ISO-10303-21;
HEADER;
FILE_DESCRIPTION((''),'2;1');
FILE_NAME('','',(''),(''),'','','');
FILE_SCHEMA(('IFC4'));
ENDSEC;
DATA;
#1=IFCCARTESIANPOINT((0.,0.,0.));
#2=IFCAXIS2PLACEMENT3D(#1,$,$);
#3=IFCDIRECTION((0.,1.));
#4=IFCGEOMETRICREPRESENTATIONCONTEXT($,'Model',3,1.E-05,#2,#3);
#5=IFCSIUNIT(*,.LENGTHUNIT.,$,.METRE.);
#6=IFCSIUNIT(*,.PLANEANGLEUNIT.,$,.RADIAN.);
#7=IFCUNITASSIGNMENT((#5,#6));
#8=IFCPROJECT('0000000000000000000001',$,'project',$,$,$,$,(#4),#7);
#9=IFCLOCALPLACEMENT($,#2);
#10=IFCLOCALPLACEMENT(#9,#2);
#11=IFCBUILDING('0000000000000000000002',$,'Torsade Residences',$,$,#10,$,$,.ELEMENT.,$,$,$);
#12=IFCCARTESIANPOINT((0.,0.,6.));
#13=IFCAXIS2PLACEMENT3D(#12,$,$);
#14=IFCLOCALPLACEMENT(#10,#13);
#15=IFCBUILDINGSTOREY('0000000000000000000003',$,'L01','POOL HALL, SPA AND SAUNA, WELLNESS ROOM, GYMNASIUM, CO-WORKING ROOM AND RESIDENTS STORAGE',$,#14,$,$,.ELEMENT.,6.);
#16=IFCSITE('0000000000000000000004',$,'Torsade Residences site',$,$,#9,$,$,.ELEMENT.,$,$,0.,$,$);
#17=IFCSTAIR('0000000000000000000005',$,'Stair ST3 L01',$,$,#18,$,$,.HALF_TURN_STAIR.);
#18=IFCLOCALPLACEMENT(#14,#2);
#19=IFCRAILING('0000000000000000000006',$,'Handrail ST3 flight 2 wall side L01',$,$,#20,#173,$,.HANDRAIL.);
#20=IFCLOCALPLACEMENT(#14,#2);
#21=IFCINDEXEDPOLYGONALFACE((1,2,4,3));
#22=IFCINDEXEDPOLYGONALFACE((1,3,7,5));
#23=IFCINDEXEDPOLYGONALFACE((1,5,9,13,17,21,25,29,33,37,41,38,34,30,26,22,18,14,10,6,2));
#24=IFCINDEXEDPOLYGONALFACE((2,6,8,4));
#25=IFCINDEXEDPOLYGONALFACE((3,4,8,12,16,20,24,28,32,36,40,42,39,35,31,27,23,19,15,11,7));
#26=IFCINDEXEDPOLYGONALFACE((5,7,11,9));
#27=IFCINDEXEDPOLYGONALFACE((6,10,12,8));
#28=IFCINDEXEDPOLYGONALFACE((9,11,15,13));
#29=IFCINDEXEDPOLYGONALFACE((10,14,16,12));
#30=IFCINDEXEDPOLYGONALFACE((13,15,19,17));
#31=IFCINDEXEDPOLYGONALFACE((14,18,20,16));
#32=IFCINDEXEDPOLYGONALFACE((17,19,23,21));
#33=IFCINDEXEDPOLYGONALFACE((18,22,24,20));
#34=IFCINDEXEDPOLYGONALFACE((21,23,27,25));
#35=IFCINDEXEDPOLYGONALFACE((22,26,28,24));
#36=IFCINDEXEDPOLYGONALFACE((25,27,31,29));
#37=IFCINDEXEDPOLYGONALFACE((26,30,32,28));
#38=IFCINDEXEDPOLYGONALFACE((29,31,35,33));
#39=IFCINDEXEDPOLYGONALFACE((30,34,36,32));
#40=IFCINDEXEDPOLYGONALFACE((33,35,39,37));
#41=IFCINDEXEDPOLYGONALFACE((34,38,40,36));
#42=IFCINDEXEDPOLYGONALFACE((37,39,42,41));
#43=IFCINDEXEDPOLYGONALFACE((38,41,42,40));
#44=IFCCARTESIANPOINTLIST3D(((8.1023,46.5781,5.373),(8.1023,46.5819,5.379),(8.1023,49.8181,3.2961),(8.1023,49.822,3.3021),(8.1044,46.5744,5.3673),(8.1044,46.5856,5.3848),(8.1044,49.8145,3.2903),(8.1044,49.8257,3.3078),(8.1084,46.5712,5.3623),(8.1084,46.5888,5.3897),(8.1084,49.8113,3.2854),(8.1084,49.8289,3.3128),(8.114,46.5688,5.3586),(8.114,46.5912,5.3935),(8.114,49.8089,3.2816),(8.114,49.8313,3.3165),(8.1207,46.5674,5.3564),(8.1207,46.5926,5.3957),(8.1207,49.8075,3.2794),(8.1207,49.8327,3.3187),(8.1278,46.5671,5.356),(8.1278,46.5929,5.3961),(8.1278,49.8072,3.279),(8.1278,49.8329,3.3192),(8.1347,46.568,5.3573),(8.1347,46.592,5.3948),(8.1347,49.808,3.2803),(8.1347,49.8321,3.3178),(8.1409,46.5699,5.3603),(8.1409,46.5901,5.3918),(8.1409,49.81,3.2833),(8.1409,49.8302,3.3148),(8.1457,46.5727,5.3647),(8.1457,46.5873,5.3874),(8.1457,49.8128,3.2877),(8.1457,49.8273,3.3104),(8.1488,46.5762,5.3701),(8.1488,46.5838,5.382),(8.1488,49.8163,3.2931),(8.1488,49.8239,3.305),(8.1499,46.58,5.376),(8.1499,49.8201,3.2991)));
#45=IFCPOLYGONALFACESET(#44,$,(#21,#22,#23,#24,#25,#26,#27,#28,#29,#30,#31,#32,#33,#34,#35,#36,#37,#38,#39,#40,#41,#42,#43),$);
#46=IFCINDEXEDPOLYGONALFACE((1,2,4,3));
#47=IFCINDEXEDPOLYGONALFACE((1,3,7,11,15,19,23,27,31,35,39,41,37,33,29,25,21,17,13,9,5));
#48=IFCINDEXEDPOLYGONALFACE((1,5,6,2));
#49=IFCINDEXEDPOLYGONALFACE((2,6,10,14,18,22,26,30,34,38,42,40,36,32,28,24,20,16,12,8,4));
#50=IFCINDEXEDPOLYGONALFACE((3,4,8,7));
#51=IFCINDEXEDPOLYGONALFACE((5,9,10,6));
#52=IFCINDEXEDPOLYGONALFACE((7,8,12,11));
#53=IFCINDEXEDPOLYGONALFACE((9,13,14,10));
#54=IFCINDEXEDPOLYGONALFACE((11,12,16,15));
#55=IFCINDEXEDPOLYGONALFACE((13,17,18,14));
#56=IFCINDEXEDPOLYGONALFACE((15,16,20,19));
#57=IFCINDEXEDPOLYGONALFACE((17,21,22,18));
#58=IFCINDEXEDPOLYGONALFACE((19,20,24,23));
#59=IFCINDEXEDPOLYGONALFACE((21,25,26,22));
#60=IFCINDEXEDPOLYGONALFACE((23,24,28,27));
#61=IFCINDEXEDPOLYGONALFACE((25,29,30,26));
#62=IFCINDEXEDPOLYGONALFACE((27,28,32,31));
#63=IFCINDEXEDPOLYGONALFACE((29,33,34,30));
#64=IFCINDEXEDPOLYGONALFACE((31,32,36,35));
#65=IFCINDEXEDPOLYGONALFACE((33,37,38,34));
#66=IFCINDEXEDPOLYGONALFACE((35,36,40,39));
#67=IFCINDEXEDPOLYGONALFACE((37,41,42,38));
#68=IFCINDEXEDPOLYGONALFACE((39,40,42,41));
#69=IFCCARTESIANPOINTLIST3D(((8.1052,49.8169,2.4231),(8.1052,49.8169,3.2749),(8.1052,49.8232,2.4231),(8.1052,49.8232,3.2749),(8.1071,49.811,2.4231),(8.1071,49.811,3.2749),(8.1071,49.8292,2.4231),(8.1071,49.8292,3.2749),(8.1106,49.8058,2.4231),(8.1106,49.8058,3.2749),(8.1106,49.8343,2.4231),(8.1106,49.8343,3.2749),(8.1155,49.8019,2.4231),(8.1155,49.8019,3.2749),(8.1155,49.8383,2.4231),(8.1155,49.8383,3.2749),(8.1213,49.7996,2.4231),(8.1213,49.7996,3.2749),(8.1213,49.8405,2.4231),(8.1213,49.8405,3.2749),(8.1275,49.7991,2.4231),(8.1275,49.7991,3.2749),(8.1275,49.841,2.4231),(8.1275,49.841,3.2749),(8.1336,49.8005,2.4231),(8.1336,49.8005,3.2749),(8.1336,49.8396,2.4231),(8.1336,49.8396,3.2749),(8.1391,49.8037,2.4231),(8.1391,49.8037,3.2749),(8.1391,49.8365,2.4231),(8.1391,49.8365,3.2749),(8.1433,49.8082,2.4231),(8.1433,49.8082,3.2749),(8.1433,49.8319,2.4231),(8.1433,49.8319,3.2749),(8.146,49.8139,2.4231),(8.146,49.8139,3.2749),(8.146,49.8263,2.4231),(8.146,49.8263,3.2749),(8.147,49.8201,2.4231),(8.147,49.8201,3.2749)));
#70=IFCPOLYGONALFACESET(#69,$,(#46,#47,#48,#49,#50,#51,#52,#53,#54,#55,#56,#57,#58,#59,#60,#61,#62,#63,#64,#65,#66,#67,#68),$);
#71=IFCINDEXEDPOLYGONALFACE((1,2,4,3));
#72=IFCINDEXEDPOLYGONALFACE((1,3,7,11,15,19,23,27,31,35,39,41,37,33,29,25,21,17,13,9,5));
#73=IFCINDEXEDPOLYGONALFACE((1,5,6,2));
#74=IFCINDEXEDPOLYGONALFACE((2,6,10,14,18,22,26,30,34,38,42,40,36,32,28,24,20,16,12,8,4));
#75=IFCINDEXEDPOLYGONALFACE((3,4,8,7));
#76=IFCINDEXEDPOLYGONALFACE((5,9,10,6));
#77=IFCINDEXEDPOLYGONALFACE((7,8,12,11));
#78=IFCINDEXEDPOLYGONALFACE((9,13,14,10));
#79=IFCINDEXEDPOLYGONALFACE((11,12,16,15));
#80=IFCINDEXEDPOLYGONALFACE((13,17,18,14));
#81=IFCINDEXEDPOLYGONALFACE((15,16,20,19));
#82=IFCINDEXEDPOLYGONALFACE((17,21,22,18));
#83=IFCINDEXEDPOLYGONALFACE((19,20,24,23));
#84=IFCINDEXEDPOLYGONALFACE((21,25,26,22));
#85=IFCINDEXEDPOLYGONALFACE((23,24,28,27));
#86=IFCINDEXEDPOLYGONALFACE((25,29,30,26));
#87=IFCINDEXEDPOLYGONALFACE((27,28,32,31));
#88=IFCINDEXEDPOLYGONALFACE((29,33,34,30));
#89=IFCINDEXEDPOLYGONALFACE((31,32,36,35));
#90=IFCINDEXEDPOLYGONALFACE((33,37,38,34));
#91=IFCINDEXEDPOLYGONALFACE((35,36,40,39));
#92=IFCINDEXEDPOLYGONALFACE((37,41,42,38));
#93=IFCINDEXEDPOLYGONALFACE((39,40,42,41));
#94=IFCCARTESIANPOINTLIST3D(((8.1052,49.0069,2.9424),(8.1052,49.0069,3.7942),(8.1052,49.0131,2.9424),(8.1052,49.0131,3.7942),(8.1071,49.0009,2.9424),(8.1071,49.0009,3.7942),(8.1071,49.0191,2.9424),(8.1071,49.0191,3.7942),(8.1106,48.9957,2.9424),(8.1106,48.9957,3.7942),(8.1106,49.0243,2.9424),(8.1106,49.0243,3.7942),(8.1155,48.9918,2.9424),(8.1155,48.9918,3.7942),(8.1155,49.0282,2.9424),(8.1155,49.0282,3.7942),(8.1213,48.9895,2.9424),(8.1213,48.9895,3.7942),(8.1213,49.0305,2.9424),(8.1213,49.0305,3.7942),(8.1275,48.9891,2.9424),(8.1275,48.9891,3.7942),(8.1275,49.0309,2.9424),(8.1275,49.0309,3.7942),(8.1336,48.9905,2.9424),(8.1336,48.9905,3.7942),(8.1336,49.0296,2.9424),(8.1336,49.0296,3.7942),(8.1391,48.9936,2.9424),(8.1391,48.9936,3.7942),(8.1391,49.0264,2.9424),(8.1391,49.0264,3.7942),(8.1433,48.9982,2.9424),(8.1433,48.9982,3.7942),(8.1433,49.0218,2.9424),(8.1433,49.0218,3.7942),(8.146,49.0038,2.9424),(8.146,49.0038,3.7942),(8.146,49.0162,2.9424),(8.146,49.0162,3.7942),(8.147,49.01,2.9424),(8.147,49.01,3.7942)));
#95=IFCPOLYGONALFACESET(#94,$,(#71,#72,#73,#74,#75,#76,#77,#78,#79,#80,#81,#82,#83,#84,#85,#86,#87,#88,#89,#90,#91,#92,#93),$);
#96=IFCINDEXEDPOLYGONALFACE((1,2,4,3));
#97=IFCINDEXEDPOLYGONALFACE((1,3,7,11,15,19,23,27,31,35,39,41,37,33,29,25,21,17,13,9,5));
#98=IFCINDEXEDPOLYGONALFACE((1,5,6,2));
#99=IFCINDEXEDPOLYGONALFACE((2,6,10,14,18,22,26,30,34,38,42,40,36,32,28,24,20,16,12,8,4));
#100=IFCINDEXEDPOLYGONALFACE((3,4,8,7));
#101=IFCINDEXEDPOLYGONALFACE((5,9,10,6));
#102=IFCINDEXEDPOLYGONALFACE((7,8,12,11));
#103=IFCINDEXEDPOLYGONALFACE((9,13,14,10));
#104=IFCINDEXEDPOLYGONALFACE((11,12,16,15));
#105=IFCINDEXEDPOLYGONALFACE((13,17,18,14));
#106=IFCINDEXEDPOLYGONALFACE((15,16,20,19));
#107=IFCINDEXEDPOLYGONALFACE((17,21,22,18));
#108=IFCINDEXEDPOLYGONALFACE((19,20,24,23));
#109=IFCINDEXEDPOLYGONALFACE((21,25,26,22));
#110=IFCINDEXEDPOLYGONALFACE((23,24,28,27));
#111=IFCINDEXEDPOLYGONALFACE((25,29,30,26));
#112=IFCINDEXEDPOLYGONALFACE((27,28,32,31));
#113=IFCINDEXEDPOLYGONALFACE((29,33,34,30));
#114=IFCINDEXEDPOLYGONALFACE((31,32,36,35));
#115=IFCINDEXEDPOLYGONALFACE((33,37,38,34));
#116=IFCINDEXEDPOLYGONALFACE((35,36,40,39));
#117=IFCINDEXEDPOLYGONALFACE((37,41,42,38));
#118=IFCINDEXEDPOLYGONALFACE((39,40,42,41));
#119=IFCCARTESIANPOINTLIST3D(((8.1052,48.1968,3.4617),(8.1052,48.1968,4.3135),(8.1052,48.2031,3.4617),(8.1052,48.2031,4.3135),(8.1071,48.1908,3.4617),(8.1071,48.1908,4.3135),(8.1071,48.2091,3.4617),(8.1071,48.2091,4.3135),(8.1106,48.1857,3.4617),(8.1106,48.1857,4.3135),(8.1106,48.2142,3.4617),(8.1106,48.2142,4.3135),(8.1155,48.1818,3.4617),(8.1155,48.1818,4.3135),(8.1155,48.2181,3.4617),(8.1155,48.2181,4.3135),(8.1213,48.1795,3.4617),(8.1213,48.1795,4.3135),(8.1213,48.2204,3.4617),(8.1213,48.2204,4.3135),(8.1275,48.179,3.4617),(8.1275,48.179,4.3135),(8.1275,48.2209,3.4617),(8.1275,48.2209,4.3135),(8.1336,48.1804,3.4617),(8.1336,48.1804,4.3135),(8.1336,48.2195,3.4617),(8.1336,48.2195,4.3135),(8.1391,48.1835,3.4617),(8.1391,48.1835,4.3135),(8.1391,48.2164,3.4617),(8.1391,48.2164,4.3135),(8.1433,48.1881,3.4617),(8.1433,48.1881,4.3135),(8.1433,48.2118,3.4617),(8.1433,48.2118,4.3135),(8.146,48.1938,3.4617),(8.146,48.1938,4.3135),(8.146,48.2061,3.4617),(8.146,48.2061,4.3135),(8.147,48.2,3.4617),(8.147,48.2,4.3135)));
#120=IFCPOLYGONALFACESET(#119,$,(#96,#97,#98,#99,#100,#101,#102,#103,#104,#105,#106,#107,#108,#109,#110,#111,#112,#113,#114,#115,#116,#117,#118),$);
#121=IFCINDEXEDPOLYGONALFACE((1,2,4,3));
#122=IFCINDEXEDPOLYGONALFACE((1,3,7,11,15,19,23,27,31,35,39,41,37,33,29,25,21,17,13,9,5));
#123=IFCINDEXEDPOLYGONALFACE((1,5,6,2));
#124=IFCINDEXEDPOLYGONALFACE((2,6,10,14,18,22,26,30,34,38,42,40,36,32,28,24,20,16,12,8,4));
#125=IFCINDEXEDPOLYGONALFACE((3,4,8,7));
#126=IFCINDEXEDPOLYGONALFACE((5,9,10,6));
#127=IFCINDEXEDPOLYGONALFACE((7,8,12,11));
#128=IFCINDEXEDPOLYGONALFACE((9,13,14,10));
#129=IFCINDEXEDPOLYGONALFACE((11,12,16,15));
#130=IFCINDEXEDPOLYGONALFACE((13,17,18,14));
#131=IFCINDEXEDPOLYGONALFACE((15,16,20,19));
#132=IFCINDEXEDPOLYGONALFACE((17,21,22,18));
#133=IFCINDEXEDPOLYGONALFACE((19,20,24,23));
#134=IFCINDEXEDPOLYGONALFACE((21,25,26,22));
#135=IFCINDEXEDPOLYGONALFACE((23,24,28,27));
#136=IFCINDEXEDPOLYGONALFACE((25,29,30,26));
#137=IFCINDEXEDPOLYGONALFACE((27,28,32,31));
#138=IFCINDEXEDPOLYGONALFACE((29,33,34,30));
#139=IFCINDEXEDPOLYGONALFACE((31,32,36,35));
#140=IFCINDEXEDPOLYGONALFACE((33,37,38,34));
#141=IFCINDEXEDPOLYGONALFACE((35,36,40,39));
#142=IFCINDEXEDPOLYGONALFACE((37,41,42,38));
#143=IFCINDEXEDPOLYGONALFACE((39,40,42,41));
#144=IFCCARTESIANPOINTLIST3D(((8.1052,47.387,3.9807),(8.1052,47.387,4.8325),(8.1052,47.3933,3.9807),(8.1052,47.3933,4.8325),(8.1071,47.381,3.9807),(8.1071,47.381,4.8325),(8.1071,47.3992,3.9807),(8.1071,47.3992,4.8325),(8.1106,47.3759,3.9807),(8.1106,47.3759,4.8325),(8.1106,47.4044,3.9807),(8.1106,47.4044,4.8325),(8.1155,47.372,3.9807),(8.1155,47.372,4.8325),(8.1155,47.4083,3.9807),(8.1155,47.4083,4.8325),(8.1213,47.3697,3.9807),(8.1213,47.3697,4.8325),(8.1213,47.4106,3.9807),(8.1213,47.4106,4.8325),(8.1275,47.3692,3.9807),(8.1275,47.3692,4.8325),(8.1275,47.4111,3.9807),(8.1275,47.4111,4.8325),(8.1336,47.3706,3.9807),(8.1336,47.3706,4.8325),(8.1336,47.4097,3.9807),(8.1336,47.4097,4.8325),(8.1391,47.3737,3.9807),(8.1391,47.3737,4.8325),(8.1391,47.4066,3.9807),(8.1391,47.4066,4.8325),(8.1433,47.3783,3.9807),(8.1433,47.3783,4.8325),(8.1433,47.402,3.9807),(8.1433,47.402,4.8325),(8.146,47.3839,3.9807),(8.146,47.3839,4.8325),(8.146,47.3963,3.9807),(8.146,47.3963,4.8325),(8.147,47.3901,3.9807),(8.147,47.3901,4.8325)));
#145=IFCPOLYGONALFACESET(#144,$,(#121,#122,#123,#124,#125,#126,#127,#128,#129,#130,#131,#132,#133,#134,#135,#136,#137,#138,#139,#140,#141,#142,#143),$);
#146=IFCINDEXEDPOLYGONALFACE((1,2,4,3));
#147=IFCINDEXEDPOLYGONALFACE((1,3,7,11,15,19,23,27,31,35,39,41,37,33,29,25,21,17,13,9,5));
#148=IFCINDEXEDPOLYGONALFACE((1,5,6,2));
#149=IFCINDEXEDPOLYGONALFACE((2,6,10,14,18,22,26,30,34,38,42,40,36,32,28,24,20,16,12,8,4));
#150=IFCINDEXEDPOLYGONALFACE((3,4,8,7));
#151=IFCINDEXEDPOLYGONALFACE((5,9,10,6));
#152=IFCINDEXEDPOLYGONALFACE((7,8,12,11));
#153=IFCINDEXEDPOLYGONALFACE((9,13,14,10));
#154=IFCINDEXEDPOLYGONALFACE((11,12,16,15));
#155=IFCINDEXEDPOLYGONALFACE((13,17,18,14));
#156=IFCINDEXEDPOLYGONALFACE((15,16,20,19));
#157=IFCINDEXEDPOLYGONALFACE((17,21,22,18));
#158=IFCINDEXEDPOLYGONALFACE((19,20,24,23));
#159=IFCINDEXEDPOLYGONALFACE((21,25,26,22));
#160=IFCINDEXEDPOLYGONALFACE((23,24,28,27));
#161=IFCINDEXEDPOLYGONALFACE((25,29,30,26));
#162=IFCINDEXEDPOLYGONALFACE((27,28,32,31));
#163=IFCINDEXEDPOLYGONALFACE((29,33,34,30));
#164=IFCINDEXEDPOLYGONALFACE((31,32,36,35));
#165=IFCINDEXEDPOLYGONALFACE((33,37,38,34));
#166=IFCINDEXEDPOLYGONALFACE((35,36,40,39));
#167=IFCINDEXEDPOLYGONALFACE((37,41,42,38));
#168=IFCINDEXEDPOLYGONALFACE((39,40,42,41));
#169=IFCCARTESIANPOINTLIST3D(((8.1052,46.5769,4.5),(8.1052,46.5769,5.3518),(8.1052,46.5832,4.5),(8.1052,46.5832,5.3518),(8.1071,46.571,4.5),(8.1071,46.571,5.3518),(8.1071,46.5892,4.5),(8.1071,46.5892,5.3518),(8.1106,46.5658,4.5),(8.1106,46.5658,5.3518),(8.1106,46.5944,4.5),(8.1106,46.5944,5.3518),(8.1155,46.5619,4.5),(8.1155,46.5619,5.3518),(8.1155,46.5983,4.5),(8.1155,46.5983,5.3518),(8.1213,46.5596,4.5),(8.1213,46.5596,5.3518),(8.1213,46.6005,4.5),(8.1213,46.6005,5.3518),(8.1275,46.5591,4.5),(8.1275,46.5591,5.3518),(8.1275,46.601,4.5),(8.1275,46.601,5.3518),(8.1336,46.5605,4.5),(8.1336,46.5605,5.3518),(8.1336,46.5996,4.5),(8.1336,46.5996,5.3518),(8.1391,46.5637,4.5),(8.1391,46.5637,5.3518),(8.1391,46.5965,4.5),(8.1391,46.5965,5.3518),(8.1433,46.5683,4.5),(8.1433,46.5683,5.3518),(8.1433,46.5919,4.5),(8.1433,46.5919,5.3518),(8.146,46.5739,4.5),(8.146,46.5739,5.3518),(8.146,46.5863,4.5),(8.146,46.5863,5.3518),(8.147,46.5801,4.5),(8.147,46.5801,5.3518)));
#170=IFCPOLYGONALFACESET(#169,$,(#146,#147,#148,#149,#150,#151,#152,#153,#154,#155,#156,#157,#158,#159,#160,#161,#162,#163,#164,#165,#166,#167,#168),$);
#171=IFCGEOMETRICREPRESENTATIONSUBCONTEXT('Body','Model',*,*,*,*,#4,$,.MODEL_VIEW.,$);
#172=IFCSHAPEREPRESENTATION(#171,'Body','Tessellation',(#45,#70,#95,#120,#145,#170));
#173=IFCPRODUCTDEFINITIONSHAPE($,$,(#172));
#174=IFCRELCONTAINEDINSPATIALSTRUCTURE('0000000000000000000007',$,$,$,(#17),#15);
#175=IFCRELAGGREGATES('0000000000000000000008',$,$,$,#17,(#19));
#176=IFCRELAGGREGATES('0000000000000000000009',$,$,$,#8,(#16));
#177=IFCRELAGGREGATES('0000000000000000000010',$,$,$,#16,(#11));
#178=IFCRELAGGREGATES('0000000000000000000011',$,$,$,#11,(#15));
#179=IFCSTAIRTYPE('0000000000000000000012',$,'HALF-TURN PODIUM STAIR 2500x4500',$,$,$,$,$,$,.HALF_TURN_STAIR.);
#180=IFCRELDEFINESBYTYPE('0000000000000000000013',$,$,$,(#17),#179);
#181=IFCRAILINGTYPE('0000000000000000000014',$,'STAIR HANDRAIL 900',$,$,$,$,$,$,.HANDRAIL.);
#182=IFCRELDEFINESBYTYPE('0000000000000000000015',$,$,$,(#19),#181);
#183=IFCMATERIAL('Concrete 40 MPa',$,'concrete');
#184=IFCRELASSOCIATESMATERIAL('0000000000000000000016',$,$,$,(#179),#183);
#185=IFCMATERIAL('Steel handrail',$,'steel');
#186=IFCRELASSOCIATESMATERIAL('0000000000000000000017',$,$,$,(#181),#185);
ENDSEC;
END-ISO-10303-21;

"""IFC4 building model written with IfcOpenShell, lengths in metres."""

from ifc_helpers import new_model, si_unit, direction, frame, origin, origin_2d, place, context, subcontext, project, spatial, circle, extrude, material, type_object, element, aggregate, save


model = new_model("IFC4")

# Units and contexts
model_context = context("Model", 3, precision=1e-05, world=origin(), true_north=direction((0.0, 1.0)))
body_context = subcontext(model_context, "Body", "Model", "MODEL_VIEW")
ifc_project = project(units=[si_unit("LENGTHUNIT", "METRE"), si_unit("PLANEANGLEUNIT", "RADIAN")], contexts=[model_context])

# Site, building, storey
site_placement = place(None, origin())
site = spatial("IfcSite", under=ifc_project, at=site_placement, Name="Torsade Residences site", CompositionType="ELEMENT", RefElevation=0.0)
building_placement = place(site_placement, origin())
building = spatial("IfcBuilding", under=site, at=building_placement, Name="Torsade Residences", CompositionType="ELEMENT")
storey_placement = place(building_placement, frame((0.0, 0.0, 6.0)))
storey = spatial("IfcBuildingStorey", under=building, at=storey_placement, Name="L01", Description="POOL HALL, SPA AND SAUNA, WELLNESS ROOM, GYMNASIUM, CO-WORKING ROOM AND RESIDENTS STORAGE", CompositionType="ELEMENT", Elevation=6.0)

# Stair, railing
ifc_material_1 = material(Name="Concrete 40 MPa", Category="concrete")
stair_type = type_object("IfcStairType", Name="HALF-TURN PODIUM STAIR 2500x4500", PredefinedType="HALF_TURN_STAIR", material=ifc_material_1)
stair_placement = place(storey_placement, origin())
stair = element("IfcStair", 1, at=stair_placement, inside=storey, type_object=stair_type, Name="Stair ST3 L01", PredefinedType="HALF_TURN_STAIR")
ifc_material_2 = material(Name="Steel handrail", Category="steel")
railing_type = type_object("IfcRailingType", Name="STAIR HANDRAIL 900", PredefinedType="HANDRAIL", material=ifc_material_2)
railing_1_placement = place(storey_placement, frame((8.126, 49.8201, 2.4231)))
railing_1 = element("IfcRailing", 2, at=railing_1_placement, type_object=railing_type, Name="Handrail ST3 flight 2 wall side L01", PredefinedType="HANDRAIL", context=body_context, shape_type="SweptSolid", body=[
    extrude(circle(Radius=0.0239, at=origin_2d()), frame((0.0, 0.0, 0.876), z_axis=(0.0, -0.841881, 0.539664), x_axis=(1.0, 0.0, 0.0)), (0.0, 0.0, 1.0), 3.8486),
    extrude(circle(Radius=0.021, at=origin_2d()), origin(), (0.0, 0.0, 1.0), 0.8518),
    extrude(circle(Radius=0.021, at=origin_2d()), frame((0.0, -0.8101, 0.5193)), (0.0, 0.0, 1.0), 0.8518),
    extrude(circle(Radius=0.021, at=origin_2d()), frame((0.0, -1.6201, 1.0386)), (0.0, 0.0, 1.0), 0.8518),
    extrude(circle(Radius=0.021, at=origin_2d()), frame((0.0, -2.4299, 1.5576)), (0.0, 0.0, 1.0), 0.8518),
    extrude(circle(Radius=0.021, at=origin_2d()), frame((0.0, -3.24, 2.0769)), (0.0, 0.0, 1.0), 0.8518),
])
aggregate(stair, [railing_1])

save(model, "model.ifc")
